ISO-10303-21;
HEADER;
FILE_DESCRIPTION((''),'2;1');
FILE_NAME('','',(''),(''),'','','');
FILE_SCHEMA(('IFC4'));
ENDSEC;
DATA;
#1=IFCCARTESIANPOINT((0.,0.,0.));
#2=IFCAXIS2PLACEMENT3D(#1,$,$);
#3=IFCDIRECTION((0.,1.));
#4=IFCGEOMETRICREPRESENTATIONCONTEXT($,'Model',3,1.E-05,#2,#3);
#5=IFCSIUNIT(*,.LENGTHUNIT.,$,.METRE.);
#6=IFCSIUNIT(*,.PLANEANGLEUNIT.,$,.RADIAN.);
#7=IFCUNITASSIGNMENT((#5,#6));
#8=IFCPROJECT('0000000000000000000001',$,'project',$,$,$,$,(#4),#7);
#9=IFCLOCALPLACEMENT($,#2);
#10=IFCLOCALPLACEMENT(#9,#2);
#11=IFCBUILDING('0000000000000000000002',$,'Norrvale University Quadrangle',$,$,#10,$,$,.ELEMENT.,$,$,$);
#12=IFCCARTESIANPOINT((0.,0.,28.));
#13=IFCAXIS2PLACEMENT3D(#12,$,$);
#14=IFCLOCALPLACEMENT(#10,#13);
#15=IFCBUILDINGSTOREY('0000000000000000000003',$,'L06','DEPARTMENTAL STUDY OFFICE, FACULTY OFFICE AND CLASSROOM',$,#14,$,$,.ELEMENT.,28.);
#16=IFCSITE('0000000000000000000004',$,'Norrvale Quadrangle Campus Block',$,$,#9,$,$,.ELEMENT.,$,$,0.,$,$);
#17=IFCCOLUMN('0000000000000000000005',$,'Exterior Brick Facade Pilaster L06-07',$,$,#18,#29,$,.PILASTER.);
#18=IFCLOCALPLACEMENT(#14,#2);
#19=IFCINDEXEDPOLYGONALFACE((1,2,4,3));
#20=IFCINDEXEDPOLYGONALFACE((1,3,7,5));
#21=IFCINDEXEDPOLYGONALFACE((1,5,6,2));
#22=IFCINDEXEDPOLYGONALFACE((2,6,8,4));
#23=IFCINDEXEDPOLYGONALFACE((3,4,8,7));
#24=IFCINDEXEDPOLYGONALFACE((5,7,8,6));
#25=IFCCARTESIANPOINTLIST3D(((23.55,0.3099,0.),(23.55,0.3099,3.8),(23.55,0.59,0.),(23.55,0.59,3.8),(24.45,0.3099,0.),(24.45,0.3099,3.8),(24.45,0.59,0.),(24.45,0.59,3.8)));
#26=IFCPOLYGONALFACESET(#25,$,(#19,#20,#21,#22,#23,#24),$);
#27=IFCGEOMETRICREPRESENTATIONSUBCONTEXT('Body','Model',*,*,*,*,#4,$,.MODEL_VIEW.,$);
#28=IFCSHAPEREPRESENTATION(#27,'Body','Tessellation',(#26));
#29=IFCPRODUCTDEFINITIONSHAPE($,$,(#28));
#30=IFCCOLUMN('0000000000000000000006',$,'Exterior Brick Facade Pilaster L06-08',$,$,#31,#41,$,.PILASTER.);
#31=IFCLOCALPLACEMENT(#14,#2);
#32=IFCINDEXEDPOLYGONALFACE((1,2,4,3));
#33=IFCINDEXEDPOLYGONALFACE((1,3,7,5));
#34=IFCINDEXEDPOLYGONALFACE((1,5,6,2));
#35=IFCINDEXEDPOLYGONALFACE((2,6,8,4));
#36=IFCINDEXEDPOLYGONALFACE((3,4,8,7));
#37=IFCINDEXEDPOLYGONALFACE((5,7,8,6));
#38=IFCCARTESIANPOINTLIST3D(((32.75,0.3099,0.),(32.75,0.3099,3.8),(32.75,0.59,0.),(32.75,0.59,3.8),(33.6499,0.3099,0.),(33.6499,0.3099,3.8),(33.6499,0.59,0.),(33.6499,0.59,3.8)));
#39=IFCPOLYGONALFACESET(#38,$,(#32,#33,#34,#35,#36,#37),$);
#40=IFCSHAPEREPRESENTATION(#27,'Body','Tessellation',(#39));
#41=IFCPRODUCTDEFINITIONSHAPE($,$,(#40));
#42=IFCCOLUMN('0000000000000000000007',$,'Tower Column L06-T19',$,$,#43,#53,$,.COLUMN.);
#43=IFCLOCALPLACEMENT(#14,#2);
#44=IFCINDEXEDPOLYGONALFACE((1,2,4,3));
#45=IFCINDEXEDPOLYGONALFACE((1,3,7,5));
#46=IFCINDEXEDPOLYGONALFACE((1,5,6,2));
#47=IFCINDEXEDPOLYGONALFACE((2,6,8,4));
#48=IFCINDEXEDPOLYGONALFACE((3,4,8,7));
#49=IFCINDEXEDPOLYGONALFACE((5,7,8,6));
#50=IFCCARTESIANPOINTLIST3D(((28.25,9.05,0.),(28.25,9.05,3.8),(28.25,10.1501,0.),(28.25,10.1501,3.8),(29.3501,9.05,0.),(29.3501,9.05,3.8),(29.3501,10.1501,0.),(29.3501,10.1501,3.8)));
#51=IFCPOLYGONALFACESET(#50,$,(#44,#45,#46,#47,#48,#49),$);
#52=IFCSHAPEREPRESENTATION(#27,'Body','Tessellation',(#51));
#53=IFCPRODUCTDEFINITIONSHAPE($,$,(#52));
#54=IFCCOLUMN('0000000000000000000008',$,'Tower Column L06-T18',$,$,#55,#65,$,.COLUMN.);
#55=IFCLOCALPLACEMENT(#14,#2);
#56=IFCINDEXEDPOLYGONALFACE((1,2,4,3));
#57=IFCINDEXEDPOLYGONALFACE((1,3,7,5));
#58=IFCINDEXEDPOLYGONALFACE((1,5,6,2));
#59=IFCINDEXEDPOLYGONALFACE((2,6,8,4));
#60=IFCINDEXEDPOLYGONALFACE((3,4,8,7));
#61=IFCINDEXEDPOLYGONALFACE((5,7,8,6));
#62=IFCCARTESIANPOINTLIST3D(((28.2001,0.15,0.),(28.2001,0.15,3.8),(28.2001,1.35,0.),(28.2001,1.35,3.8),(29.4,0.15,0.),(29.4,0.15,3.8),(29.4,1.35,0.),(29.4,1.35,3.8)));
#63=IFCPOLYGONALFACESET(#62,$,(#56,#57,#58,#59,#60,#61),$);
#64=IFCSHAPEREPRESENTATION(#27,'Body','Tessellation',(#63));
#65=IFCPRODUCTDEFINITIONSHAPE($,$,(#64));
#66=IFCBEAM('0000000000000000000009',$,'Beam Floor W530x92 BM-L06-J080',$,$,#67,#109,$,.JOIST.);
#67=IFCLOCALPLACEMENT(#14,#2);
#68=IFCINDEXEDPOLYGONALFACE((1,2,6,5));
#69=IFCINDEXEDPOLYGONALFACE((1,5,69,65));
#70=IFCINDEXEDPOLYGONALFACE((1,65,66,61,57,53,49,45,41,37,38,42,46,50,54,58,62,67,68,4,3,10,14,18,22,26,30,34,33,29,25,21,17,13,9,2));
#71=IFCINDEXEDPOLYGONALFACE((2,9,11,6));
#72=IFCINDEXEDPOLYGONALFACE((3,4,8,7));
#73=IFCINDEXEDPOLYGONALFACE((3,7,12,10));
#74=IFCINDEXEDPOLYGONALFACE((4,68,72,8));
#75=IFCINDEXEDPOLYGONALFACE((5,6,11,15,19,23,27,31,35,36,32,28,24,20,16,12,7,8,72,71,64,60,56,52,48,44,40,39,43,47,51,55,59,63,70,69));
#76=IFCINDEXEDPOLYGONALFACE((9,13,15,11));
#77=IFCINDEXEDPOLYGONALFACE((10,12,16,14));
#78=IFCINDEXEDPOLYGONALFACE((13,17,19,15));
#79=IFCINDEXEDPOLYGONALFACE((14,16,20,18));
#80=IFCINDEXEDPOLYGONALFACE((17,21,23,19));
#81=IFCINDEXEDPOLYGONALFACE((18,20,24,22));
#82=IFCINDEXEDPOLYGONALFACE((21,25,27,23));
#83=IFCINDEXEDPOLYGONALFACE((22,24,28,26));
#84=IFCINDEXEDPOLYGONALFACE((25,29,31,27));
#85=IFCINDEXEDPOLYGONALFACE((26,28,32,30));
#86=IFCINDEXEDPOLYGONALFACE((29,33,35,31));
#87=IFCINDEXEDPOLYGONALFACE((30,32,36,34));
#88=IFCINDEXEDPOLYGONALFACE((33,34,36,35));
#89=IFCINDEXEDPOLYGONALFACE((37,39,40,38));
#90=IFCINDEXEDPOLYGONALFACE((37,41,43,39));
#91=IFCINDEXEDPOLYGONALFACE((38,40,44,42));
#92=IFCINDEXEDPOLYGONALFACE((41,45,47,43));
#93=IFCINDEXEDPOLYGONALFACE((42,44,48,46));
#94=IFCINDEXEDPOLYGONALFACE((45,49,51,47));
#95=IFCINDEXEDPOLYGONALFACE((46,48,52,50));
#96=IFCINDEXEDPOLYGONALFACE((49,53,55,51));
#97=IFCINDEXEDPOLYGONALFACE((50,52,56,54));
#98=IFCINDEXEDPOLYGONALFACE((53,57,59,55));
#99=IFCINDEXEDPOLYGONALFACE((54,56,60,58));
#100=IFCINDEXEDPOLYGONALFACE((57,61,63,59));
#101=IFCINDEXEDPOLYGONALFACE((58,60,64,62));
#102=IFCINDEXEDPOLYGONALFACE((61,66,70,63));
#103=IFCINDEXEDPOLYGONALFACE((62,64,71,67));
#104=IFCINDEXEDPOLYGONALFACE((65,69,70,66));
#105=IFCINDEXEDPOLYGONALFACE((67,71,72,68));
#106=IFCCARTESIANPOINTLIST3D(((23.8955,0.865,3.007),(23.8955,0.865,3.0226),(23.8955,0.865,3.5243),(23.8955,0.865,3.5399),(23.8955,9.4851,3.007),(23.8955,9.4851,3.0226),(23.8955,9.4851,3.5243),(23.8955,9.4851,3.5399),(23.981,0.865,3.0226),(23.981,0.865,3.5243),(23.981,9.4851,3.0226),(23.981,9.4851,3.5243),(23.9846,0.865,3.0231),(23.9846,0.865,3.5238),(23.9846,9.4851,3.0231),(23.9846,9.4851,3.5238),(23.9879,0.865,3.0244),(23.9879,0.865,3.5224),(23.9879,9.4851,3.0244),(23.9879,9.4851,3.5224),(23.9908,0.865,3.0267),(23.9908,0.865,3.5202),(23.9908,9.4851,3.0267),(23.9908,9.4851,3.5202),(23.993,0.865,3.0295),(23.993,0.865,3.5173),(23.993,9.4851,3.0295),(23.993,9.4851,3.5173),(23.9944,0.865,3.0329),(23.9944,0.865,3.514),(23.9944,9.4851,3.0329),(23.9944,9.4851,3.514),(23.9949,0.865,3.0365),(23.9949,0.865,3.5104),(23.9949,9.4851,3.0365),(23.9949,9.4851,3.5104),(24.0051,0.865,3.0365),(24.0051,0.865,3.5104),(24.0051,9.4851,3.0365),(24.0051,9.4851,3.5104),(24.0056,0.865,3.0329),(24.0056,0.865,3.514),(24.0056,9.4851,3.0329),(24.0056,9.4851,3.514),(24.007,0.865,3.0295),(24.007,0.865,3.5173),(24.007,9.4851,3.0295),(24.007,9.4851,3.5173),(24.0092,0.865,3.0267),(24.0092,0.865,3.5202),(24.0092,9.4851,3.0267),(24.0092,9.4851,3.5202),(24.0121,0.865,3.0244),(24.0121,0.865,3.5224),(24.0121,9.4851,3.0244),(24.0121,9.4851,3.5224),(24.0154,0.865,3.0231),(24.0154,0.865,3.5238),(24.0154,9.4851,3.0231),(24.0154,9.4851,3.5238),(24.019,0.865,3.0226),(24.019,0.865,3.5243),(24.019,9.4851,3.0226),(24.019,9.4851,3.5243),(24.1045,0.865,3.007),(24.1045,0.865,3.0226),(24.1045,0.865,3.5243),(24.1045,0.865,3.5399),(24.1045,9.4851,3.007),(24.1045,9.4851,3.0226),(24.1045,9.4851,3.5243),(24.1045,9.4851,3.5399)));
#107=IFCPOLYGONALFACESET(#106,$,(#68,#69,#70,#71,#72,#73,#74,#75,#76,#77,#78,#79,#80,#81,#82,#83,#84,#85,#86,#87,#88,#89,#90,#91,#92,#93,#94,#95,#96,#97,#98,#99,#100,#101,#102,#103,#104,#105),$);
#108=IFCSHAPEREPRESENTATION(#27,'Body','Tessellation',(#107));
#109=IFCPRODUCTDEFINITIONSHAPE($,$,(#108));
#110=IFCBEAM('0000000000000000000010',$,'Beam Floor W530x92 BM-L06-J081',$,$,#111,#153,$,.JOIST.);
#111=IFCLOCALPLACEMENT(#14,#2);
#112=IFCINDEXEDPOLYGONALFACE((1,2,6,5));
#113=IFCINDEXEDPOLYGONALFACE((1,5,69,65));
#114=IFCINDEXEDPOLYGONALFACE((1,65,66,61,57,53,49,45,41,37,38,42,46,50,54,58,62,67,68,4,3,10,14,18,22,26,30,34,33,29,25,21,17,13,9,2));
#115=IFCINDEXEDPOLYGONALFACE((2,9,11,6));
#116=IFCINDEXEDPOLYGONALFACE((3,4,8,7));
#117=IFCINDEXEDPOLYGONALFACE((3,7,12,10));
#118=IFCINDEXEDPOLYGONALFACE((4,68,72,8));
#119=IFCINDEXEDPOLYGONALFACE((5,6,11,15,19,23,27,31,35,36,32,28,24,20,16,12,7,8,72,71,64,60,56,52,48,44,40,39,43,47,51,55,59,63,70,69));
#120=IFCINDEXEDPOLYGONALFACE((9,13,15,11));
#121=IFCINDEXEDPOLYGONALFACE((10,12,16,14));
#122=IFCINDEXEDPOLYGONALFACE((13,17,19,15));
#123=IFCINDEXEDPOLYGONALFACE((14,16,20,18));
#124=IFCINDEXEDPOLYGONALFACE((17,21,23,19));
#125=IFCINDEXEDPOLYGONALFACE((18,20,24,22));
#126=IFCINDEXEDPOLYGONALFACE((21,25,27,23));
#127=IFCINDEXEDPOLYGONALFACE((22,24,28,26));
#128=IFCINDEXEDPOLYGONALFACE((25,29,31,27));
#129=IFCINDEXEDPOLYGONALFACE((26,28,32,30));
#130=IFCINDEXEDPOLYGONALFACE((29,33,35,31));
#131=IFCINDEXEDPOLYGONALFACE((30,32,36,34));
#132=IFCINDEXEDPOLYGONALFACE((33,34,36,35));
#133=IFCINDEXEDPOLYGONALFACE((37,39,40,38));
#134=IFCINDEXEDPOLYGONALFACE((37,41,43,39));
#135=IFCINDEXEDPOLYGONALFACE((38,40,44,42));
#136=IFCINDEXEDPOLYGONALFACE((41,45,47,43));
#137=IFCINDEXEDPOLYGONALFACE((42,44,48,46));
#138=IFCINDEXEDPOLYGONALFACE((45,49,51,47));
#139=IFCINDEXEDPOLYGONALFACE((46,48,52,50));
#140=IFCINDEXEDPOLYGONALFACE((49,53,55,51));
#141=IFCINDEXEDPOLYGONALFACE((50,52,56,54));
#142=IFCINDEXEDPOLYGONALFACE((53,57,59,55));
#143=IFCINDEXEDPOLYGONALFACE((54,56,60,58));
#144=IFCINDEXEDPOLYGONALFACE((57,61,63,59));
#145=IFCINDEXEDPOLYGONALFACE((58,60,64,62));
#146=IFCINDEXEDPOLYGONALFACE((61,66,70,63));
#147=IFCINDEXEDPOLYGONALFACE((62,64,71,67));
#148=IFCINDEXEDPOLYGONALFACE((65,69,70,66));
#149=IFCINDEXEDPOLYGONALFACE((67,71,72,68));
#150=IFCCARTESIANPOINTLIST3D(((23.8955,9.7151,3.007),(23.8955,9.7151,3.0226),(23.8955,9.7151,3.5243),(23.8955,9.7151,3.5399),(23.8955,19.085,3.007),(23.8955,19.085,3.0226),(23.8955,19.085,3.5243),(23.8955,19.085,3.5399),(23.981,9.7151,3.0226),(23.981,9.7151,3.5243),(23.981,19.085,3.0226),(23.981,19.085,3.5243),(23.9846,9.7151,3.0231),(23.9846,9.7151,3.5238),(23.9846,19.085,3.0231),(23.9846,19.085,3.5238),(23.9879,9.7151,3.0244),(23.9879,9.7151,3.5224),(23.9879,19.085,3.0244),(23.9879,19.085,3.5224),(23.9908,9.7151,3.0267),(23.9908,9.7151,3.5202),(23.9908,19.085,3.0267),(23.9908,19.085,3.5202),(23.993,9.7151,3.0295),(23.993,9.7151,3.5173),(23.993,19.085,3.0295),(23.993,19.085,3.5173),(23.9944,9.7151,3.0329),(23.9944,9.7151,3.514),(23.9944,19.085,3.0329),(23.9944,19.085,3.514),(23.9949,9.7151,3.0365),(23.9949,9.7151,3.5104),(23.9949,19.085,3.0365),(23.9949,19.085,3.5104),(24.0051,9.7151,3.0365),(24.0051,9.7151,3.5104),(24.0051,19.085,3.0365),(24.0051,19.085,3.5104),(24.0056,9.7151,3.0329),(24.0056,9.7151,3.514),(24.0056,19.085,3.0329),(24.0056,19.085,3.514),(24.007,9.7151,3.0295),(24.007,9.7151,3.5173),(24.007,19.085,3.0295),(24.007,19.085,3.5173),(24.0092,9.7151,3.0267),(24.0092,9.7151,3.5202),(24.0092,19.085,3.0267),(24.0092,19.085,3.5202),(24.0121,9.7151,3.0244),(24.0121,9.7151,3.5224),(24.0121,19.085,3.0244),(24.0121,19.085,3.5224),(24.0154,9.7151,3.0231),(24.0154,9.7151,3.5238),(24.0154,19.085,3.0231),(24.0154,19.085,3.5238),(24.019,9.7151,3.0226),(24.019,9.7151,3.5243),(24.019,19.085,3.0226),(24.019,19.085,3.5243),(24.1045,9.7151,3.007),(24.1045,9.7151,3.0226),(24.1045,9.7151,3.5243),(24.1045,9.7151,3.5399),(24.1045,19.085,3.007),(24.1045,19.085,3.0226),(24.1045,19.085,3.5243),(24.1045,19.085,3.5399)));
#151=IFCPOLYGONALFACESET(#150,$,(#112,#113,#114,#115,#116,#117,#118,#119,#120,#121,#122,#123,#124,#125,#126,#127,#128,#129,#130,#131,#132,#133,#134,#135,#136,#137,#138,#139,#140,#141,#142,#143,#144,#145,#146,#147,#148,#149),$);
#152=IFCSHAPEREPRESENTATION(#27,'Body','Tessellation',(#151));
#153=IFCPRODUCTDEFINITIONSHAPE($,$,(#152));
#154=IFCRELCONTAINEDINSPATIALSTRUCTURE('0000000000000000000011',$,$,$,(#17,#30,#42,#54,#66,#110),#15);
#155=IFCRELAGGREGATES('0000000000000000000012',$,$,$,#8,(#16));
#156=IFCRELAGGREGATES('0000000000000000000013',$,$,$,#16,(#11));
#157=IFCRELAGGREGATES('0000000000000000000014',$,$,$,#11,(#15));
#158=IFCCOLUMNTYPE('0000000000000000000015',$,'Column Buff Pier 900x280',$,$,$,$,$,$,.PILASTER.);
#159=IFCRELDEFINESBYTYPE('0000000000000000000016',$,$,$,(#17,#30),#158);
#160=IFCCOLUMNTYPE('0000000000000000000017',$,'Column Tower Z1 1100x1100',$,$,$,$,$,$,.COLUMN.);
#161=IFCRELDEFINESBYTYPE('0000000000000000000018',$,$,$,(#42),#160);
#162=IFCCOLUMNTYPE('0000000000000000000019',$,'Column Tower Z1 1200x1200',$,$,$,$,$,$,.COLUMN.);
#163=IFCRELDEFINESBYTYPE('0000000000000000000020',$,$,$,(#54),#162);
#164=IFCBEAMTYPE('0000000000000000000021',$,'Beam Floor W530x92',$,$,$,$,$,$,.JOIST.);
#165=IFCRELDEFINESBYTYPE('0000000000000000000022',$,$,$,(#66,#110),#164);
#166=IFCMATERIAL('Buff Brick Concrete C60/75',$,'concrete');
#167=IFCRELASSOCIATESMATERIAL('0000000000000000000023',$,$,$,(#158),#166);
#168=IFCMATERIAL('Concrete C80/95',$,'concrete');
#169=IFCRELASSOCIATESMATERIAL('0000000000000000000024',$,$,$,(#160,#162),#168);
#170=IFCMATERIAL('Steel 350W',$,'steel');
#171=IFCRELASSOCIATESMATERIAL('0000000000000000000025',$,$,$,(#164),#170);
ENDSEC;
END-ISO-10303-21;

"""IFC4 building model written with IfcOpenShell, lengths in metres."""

from ifc_helpers import new_model, si_unit, direction, frame, origin, origin_2d, place, context, subcontext, project, spatial, rectangle, i_section, extrude, material, material_profile, profile_set, type_object, element, save


model = new_model("IFC4")

# Units and contexts
model_context = context("Model", 3, precision=1e-05, world=origin(), true_north=direction((0.0, 1.0)))
body_context = subcontext(model_context, "Body", "Model", "MODEL_VIEW")
ifc_project = project(units=[si_unit("LENGTHUNIT", "METRE"), si_unit("PLANEANGLEUNIT", "RADIAN")], contexts=[model_context])

# Site, building, storey
site_placement = place(None, origin())
site = spatial("IfcSite", under=ifc_project, at=site_placement, Name="Norrvale Quadrangle Campus Block", CompositionType="ELEMENT", RefElevation=0.0)
building_placement = place(site_placement, origin())
building = spatial("IfcBuilding", under=site, at=building_placement, Name="Norrvale University Quadrangle", CompositionType="ELEMENT")
storey_placement = place(building_placement, frame((0.0, 0.0, 28.0)))
storey = spatial("IfcBuildingStorey", under=building, at=storey_placement, Name="L06", Description="DEPARTMENTAL STUDY OFFICE, FACULTY OFFICE AND CLASSROOM", CompositionType="ELEMENT", Elevation=28.0)

# Columns
ifc_material_1 = material(Name="Buff Brick Concrete C60/75", Category="concrete")
ifc_material_profile_1 = material_profile(ifc_material_1, rectangle(XDim=0.8999, YDim=0.28, at=origin_2d()), Name="Buff Brick Concrete C60/75")
ifc_profile_set_1 = profile_set([ifc_material_profile_1], Name="Buff Brick Concrete C60/75")
column_type_1 = type_object("IfcColumnType", Name="Column Buff Pier 900x280", PredefinedType="PILASTER", material=ifc_profile_set_1)
for number, where, z_axis, x_axis, name in (
    (1, (24.0, 0.45, 0.0), (0.0, 0.0, 1.0), (1.0, 0.0, 0.0), "Exterior Brick Facade Pilaster L06-07"),
    (2, (33.2, 0.45, 0.0), (0.0, 0.0, 1.0), (1.0, 0.0, 0.0), "Exterior Brick Facade Pilaster L06-08"),
):
    element("IfcColumn", number, at=place(storey_placement, frame(where, z_axis=z_axis, x_axis=x_axis)), inside=storey, type_object=column_type_1, Name=name, PredefinedType="PILASTER", context=body_context, shape_type="SweptSolid", body=[
        extrude(rectangle(XDim=0.8999, YDim=0.28, at=origin_2d()), origin(), (0.0, 0.0, 1.0), 3.8),
    ])
ifc_material_2 = material(Name="Concrete C80/95", Category="concrete")
ifc_material_profile_2 = material_profile(ifc_material_2, rectangle(XDim=1.1001, YDim=1.1001, at=origin_2d()), Name="Concrete C80/95")
ifc_profile_set_2 = profile_set([ifc_material_profile_2], Name="Concrete C80/95")
column_type_2 = type_object("IfcColumnType", Name="Column Tower Z1 1100x1100", PredefinedType="COLUMN", material=ifc_profile_set_2)
column_1_placement = place(storey_placement, frame((28.8, 9.6001, 0.0), z_axis=(0.0, 0.0, 1.0), x_axis=(1.0, 0.0, 0.0)))
element("IfcColumn", 3, at=column_1_placement, inside=storey, type_object=column_type_2, Name="Tower Column L06-T19", PredefinedType="COLUMN", context=body_context, shape_type="SweptSolid", body=[
    extrude(rectangle(XDim=1.1001, YDim=1.1001, at=origin_2d()), origin(), (0.0, 0.0, 1.0), 3.8),
])
ifc_material_profile_3 = material_profile(ifc_material_2, rectangle(XDim=1.2, YDim=1.2, at=origin_2d()), Name="Concrete C80/95")
ifc_profile_set_3 = profile_set([ifc_material_profile_3], Name="Concrete C80/95")
column_type_3 = type_object("IfcColumnType", Name="Column Tower Z1 1200x1200", PredefinedType="COLUMN", material=ifc_profile_set_3)
column_2_placement = place(storey_placement, frame((28.8, 0.75, 0.0), z_axis=(0.0, 0.0, 1.0), x_axis=(1.0, 0.0, 0.0)))
element("IfcColumn", 4, at=column_2_placement, inside=storey, type_object=column_type_3, Name="Tower Column L06-T18", PredefinedType="COLUMN", context=body_context, shape_type="SweptSolid", body=[
    extrude(rectangle(XDim=1.2, YDim=1.2, at=origin_2d()), origin(), (0.0, 0.0, 1.0), 3.8),
])

# Beams
ifc_material_3 = material(Name="Steel 350W", Category="steel")
ifc_material_profile_4 = material_profile(ifc_material_3, i_section(OverallWidth=0.209, OverallDepth=0.533, WebThickness=0.0103, FlangeThickness=0.0156, FilletRadius=0.0139, at=origin_2d()), Name="Steel 350W")
ifc_profile_set_4 = profile_set([ifc_material_profile_4], Name="Steel 350W")
beam_type_1 = type_object("IfcBeamType", Name="Beam Floor W530x92", PredefinedType="JOIST", material=ifc_profile_set_4)
beam_1_placement = place(storey_placement, frame((24.0, 0.865, 3.2734), z_axis=(0.0, 1.0, 0.0), x_axis=(-1.0, 0.0, 0.0)))
element("IfcBeam", 5, at=beam_1_placement, inside=storey, type_object=beam_type_1, Name="Beam Floor W530x92 BM-L06-J080", PredefinedType="JOIST", context=body_context, shape_type="SweptSolid", body=[
    extrude(i_section(OverallWidth=0.209, OverallDepth=0.533, WebThickness=0.0103, FlangeThickness=0.0156, FilletRadius=0.0139, at=origin_2d()), origin(), (0.0, 0.0, 1.0), 8.6201),
])
beam_2_placement = place(storey_placement, frame((24.0, 9.7151, 3.2734), z_axis=(0.0, 1.0, 0.0), x_axis=(-1.0, 0.0, 0.0)))
element("IfcBeam", 6, at=beam_2_placement, inside=storey, type_object=beam_type_1, Name="Beam Floor W530x92 BM-L06-J081", PredefinedType="JOIST", context=body_context, shape_type="SweptSolid", body=[
    extrude(i_section(OverallWidth=0.209, OverallDepth=0.533, WebThickness=0.0103, FlangeThickness=0.0156, FilletRadius=0.0139, at=origin_2d()), origin(), (0.0, 0.0, 1.0), 9.3699),
])

save(model, "model.ifc")
